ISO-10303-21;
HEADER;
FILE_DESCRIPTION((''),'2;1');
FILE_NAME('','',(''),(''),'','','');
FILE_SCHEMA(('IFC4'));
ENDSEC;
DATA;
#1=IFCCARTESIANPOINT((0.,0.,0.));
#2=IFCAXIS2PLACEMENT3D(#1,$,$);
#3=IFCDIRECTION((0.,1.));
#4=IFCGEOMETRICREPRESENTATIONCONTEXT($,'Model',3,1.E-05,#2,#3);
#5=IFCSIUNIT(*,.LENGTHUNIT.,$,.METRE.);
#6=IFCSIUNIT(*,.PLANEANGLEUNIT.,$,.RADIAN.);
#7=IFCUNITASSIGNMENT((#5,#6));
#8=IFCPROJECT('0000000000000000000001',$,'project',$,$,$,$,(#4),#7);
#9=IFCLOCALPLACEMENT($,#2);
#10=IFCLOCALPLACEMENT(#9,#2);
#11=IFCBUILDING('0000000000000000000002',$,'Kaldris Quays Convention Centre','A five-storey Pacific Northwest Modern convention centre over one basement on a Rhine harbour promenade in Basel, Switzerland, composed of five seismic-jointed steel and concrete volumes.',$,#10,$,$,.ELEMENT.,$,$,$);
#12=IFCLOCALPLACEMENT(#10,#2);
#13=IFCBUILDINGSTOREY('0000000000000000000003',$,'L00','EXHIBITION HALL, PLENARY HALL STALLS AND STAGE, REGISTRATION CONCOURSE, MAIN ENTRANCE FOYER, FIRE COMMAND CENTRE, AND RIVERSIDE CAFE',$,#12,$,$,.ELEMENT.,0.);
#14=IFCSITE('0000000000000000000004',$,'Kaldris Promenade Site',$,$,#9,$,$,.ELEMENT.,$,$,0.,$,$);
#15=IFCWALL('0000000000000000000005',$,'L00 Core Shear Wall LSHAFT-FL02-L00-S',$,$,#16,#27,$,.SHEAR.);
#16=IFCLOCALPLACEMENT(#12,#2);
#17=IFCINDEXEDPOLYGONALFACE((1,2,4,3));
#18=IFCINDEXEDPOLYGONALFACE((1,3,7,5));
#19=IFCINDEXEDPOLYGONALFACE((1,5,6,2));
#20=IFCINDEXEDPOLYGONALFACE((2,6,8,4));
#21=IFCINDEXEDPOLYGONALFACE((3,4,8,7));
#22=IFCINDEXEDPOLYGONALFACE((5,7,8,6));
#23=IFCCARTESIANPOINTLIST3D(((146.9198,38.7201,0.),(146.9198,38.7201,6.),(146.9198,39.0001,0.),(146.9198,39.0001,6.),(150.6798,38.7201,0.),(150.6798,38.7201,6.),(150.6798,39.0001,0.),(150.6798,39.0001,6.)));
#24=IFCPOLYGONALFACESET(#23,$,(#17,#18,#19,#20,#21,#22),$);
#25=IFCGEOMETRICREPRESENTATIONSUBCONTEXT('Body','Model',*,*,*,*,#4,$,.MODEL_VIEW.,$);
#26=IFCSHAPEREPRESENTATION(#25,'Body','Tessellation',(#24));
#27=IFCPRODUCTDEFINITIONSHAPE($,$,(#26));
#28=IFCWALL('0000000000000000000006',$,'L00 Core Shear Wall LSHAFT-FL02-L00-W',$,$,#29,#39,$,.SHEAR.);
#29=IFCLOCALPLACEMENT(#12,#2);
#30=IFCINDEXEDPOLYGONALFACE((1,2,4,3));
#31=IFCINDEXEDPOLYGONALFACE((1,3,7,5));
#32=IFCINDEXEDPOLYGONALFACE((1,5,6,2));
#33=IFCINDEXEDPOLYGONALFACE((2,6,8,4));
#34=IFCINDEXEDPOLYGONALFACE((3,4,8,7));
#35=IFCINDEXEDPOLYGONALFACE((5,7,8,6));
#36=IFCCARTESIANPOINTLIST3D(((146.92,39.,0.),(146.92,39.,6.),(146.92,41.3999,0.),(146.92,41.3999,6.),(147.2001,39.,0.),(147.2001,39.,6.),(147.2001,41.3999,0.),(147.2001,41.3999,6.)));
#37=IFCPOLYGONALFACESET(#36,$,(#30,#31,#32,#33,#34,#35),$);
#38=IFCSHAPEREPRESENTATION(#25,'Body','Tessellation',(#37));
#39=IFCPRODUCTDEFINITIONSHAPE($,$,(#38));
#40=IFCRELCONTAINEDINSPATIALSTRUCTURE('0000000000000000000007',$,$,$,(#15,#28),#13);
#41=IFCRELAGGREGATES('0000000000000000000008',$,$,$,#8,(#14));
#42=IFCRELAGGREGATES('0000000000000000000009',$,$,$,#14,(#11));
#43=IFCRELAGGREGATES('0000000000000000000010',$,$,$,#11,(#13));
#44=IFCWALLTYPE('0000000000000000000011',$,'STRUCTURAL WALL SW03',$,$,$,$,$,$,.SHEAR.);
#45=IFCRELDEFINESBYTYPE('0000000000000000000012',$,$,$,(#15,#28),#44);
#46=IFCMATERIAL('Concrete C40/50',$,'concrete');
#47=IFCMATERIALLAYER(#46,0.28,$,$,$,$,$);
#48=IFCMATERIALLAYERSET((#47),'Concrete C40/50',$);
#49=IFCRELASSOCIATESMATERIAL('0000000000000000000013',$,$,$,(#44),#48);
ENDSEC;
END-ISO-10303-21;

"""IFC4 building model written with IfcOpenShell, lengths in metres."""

from ifc_helpers import new_model, si_unit, direction, frame, frame_2d, origin, place, context, subcontext, project, spatial, rectangle, extrude, material, layer, layer_set, type_object, element, save


model = new_model("IFC4")

# Units and contexts
model_context = context("Model", 3, precision=1e-05, world=origin(), true_north=direction((0.0, 1.0)))
body_context = subcontext(model_context, "Body", "Model", "MODEL_VIEW")
ifc_project = project(units=[si_unit("LENGTHUNIT", "METRE"), si_unit("PLANEANGLEUNIT", "RADIAN")], contexts=[model_context])

# Site, building, storey
site_placement = place(None, origin())
site = spatial("IfcSite", under=ifc_project, at=site_placement, Name="Kaldris Promenade Site", CompositionType="ELEMENT", RefElevation=0.0)
building_placement = place(site_placement, origin())
building = spatial("IfcBuilding", under=site, at=building_placement, Name="Kaldris Quays Convention Centre", Description="A five-storey Pacific Northwest Modern convention centre over one basement on a Rhine harbour promenade in Basel, Switzerland, composed of five seismic-jointed steel and concrete volumes.", CompositionType="ELEMENT")
storey_placement = place(building_placement, origin())
storey = spatial("IfcBuildingStorey", under=building, at=storey_placement, Name="L00", Description="EXHIBITION HALL, PLENARY HALL STALLS AND STAGE, REGISTRATION CONCOURSE, MAIN ENTRANCE FOYER, FIRE COMMAND CENTRE, AND RIVERSIDE CAFE", CompositionType="ELEMENT", Elevation=0.0)

# Wall
ifc_material_1 = material(Name="Concrete C40/50", Category="concrete")
ifc_layer_1 = layer(ifc_material_1, 0.28)
ifc_layer_set_1 = layer_set([ifc_layer_1], Name="Concrete C40/50")
wall_type_1 = type_object("IfcWallType", Name="STRUCTURAL WALL SW03", PredefinedType="SHEAR", material=ifc_layer_set_1)
wall_1_placement = place(storey_placement, frame((146.9199, 38.8601, 0.0), z_axis=(0.0, 0.0, 1.0), x_axis=(1.0, 0.0, 0.0)))
element("IfcWall", 1, at=wall_1_placement, inside=storey, type_object=wall_type_1, Name="L00 Core Shear Wall LSHAFT-FL02-L00-S", PredefinedType="SHEAR", context=body_context, shape_type="SweptSolid", body=[
    extrude(rectangle(XDim=3.76, YDim=0.28, at=frame_2d((1.8799, 0.0))), origin(), (0.0, 0.0, 1.0), 6.0),
])

# Wall
wall_2_placement = place(storey_placement, frame((147.0601, 39.0, 0.0), z_axis=(0.0, 0.0, 1.0), x_axis=(0.0, 1.0, 0.0)))
element("IfcWall", 2, at=wall_2_placement, inside=storey, type_object=wall_type_1, Name="L00 Core Shear Wall LSHAFT-FL02-L00-W", PredefinedType="SHEAR", context=body_context, shape_type="SweptSolid", body=[
    extrude(rectangle(XDim=2.3999, YDim=0.28, at=frame_2d((1.2, 0.0))), origin(), (0.0, 0.0, 1.0), 6.0),
])

save(model, "model.ifc")
